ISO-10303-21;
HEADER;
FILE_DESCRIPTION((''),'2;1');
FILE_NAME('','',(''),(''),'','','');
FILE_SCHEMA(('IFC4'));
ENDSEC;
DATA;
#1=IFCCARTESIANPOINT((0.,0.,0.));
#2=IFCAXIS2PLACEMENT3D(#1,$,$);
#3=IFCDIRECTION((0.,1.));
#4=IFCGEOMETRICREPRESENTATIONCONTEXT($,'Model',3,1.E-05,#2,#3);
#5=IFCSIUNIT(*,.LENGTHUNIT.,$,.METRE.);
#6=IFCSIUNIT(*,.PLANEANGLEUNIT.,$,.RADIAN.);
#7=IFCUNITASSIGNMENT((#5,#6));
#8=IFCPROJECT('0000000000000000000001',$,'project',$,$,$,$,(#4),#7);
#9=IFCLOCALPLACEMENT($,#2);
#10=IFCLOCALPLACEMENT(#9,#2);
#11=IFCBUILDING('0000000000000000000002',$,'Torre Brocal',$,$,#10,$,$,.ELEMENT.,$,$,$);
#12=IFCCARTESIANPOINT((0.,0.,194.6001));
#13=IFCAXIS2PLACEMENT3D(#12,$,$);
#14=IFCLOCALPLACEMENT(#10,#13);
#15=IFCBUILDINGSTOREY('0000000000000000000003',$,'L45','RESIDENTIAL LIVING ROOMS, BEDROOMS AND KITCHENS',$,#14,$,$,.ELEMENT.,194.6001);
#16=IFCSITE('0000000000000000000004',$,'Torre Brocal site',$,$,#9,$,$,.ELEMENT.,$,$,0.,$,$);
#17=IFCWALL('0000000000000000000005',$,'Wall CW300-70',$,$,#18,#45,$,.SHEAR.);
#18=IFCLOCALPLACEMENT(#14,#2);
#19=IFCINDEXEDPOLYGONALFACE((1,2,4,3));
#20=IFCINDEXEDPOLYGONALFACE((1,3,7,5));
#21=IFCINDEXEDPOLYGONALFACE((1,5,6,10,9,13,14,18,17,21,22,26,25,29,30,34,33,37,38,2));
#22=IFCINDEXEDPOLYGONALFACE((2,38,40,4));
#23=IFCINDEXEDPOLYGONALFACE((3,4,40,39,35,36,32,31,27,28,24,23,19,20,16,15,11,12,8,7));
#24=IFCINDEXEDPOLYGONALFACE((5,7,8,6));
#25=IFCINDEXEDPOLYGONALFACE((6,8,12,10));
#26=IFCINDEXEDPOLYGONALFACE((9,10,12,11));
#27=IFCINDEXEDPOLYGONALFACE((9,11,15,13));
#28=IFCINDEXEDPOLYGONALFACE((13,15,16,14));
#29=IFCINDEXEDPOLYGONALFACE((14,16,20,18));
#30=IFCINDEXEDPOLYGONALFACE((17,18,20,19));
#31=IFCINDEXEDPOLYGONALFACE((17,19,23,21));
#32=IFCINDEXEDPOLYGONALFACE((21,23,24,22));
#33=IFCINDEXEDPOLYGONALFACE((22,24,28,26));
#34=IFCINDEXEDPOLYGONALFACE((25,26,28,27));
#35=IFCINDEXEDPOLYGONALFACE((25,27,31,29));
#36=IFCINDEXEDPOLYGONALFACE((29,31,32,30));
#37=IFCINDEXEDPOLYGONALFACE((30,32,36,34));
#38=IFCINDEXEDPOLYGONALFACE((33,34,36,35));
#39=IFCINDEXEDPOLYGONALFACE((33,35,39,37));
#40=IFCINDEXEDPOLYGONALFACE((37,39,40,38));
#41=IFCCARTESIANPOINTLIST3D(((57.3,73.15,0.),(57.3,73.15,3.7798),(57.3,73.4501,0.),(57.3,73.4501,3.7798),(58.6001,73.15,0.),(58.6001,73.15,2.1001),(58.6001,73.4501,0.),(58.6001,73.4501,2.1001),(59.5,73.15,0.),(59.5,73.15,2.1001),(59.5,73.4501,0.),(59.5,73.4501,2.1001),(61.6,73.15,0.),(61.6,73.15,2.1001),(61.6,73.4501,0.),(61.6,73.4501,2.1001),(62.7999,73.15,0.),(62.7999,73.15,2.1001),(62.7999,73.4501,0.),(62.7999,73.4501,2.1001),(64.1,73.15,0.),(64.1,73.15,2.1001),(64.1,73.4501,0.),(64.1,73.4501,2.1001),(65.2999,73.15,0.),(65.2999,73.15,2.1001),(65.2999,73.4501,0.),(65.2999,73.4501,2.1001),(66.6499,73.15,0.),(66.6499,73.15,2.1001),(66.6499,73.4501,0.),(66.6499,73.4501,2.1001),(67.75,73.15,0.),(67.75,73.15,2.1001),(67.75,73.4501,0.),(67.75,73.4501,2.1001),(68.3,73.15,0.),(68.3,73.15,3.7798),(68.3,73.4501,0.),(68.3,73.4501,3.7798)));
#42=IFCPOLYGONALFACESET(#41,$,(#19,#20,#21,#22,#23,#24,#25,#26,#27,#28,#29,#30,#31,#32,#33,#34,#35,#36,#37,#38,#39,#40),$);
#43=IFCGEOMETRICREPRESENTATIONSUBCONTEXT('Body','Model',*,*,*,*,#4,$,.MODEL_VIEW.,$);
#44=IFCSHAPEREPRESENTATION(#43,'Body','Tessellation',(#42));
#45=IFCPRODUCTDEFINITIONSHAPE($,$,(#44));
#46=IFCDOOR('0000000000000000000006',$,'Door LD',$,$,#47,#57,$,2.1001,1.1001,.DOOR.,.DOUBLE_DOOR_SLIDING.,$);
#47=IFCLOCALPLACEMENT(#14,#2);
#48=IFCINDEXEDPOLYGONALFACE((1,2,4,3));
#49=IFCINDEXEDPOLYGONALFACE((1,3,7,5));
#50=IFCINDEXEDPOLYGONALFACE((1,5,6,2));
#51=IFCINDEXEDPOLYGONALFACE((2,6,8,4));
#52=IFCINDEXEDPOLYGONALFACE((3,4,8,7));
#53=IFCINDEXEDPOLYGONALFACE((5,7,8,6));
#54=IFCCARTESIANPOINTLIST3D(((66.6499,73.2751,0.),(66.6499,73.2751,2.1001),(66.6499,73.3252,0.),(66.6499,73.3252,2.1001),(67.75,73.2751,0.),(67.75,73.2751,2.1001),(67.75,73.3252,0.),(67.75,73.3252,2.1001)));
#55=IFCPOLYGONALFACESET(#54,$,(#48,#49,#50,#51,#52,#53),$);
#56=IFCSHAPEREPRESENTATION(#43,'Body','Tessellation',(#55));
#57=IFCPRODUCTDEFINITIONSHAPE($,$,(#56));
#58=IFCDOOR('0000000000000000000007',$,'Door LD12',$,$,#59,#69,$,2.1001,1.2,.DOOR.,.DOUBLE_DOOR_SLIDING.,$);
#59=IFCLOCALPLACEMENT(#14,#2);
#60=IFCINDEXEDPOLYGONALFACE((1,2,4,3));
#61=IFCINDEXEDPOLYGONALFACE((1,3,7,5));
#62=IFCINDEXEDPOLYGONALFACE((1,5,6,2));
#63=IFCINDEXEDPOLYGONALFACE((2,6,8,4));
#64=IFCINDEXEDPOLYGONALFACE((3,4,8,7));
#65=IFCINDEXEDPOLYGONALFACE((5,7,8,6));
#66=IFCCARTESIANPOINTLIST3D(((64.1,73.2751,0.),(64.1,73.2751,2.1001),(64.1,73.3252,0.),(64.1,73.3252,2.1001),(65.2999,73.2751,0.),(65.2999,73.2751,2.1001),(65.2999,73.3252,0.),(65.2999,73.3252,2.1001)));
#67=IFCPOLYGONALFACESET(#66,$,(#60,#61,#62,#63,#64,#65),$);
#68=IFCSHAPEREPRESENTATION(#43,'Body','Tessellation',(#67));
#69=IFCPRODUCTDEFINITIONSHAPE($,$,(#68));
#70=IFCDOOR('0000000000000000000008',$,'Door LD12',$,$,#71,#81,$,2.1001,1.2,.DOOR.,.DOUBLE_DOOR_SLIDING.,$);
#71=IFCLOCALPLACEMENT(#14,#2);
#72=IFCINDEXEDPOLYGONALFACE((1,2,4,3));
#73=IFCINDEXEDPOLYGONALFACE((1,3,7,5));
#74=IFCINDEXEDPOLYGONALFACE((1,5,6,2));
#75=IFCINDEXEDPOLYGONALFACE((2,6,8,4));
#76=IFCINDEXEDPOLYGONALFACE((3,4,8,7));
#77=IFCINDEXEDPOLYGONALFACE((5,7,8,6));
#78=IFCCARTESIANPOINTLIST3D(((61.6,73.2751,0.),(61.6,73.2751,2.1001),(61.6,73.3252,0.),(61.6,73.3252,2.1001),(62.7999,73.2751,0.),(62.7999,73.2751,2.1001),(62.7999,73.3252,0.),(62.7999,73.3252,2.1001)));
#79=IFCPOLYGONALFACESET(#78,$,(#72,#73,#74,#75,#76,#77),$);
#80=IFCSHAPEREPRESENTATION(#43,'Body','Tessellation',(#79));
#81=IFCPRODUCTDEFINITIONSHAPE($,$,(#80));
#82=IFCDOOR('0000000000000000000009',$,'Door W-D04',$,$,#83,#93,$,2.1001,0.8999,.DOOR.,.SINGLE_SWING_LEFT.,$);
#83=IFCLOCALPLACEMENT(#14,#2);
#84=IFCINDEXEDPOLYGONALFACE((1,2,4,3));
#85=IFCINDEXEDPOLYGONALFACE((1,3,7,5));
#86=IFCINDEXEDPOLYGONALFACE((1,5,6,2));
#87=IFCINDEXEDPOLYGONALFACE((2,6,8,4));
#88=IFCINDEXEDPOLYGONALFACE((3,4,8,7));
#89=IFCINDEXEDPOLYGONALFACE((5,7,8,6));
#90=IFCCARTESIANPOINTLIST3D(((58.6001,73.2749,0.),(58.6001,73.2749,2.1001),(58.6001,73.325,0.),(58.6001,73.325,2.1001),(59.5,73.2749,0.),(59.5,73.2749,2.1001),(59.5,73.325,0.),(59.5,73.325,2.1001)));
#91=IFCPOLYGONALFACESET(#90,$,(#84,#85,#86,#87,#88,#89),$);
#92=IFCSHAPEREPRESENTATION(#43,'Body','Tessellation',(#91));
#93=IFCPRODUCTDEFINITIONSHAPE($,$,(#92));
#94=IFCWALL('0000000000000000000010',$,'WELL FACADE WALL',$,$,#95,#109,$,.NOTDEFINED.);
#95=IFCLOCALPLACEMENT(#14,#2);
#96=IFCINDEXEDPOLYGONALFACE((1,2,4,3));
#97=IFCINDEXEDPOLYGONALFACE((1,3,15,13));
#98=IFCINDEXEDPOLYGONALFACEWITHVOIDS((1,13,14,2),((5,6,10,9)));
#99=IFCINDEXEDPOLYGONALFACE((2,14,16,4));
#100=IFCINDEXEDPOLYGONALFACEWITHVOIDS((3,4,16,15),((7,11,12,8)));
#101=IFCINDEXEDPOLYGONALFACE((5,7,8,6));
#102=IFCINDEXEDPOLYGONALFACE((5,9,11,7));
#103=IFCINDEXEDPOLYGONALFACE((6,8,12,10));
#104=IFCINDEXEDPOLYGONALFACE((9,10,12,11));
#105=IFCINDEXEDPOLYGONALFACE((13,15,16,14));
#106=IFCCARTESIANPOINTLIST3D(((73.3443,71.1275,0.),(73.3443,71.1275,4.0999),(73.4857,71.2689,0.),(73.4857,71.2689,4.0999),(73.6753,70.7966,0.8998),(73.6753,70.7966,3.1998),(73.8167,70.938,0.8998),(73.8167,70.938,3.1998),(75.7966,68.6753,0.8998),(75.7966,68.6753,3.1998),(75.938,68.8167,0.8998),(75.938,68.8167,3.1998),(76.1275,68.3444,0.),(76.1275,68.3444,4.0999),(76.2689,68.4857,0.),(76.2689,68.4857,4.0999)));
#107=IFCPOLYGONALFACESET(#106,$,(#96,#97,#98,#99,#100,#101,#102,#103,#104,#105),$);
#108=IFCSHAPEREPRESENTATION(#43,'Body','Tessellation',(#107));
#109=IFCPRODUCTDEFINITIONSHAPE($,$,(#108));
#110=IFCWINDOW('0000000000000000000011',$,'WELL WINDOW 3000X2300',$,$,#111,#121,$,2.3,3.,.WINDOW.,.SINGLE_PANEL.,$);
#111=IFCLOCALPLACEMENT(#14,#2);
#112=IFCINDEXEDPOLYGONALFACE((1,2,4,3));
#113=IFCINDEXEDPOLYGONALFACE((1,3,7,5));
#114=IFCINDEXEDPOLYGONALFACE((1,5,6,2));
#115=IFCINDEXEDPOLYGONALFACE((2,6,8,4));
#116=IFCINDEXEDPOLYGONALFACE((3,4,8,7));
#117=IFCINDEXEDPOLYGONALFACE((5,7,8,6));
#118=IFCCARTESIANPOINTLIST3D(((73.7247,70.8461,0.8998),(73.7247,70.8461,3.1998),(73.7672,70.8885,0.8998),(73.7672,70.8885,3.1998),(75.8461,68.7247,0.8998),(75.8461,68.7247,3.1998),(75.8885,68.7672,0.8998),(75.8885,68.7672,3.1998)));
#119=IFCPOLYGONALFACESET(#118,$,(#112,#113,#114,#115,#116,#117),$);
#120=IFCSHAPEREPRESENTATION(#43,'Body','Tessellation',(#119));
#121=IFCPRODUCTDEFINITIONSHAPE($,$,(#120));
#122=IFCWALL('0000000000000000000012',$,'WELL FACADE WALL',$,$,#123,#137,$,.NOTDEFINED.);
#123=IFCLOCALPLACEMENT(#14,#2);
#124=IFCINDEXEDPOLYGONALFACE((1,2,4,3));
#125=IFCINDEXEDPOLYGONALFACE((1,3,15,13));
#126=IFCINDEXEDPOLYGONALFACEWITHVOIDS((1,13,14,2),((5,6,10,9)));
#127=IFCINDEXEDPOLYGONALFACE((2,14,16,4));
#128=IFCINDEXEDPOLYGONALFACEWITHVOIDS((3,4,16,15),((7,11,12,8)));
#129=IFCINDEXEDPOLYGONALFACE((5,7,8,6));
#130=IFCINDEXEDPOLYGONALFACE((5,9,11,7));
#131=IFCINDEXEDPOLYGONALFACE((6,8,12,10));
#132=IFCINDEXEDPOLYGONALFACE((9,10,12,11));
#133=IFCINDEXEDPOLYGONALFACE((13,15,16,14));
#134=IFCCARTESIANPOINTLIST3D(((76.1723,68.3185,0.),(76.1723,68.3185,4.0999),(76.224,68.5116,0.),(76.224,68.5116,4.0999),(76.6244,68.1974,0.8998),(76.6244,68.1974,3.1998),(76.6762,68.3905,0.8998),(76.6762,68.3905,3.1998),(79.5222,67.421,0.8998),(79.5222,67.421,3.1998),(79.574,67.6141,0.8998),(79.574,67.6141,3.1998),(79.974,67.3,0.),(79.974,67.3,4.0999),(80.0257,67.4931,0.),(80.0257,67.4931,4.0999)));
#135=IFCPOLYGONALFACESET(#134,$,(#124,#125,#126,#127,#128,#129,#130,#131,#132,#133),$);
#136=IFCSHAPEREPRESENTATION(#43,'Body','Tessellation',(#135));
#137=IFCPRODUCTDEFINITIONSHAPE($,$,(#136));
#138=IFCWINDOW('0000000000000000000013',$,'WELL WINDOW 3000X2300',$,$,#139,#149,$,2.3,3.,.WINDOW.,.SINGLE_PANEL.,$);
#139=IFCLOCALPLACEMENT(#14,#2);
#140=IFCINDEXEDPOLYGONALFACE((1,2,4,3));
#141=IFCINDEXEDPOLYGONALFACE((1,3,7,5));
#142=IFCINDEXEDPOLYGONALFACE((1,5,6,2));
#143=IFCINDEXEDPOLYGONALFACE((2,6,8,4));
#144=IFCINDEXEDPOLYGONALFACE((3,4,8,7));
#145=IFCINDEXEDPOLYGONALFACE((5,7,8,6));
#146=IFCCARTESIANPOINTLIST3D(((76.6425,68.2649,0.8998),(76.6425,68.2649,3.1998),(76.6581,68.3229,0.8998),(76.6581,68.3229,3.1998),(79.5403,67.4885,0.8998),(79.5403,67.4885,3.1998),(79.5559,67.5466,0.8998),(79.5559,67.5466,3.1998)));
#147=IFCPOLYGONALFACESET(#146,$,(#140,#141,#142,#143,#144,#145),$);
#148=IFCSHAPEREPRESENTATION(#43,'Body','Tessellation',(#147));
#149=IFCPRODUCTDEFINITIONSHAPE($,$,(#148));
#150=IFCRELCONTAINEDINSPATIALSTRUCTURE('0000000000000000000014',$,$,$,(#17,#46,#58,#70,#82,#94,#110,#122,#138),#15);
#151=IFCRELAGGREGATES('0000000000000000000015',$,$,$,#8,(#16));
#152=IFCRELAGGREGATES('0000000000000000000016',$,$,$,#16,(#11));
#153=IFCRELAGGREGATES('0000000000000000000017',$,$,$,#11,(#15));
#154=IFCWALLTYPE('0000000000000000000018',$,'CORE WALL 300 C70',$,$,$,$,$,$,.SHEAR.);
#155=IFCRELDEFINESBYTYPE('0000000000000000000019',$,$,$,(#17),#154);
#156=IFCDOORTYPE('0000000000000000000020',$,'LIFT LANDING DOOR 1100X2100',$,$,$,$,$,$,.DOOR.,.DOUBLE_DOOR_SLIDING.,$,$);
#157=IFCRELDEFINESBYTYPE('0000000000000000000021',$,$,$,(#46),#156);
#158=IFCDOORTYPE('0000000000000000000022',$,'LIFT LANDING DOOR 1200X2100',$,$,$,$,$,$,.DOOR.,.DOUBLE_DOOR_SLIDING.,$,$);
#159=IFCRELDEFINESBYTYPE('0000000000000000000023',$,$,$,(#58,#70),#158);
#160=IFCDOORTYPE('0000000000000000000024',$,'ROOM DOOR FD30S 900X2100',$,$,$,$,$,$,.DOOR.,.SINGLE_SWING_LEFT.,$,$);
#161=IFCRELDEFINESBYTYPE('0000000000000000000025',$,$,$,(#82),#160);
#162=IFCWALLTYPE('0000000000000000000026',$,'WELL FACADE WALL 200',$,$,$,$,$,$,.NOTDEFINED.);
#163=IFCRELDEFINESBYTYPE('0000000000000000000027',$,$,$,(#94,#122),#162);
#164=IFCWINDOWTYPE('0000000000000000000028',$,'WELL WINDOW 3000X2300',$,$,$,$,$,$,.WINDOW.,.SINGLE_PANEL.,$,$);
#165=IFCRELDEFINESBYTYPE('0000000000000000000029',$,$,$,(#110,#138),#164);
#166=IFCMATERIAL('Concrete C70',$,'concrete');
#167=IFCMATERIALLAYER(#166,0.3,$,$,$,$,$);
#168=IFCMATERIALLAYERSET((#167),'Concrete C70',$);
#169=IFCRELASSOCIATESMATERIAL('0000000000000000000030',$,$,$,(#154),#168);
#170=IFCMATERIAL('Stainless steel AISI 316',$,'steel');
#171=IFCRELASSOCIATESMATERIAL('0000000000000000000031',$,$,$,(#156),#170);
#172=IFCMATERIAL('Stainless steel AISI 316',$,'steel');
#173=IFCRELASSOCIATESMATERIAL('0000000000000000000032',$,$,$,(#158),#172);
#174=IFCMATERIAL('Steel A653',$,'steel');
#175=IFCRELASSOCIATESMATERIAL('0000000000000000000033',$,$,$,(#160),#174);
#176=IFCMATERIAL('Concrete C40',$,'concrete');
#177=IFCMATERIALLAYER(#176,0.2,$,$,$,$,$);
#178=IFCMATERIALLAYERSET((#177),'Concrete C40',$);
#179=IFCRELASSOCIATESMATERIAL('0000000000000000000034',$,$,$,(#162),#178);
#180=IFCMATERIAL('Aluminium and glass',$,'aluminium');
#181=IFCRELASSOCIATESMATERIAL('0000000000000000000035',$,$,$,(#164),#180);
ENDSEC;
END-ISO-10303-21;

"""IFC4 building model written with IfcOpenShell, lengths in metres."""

from ifc_helpers import new_model, si_unit, direction, frame, frame_2d, origin, place, context, subcontext, project, spatial, rectangle, extrude, material, layer, layer_set, type_object, element, fill, save


model = new_model("IFC4")

# Units and contexts
model_context = context("Model", 3, precision=1e-05, world=origin(), true_north=direction((0.0, 1.0)))
body_context = subcontext(model_context, "Body", "Model", "MODEL_VIEW")
ifc_project = project(units=[si_unit("LENGTHUNIT", "METRE"), si_unit("PLANEANGLEUNIT", "RADIAN")], contexts=[model_context])

# Site, building, storey
site_placement = place(None, origin())
site = spatial("IfcSite", under=ifc_project, at=site_placement, Name="Torre Brocal site", CompositionType="ELEMENT", RefElevation=0.0)
building_placement = place(site_placement, origin())
building = spatial("IfcBuilding", under=site, at=building_placement, Name="Torre Brocal", CompositionType="ELEMENT")
storey_placement = place(building_placement, frame((0.0, 0.0, 194.6001)))
storey = spatial("IfcBuildingStorey", under=building, at=storey_placement, Name="L45", Description="RESIDENTIAL LIVING ROOMS, BEDROOMS AND KITCHENS", CompositionType="ELEMENT", Elevation=194.6001)

# Shared definitions
ifc_material_1 = material(Name="Concrete C70", Category="concrete")
ifc_layer_1 = layer(ifc_material_1, 0.3)
ifc_layer_set_1 = layer_set([ifc_layer_1], Name="Concrete C70")
wall_type_1 = type_object("IfcWallType", Name="CORE WALL 300 C70", PredefinedType="SHEAR", material=ifc_layer_set_1)

# Wall, openings, doors
wall_1_placement = place(storey_placement, frame((68.3, 73.3, 0.0), z_axis=(0.0, 0.0, 1.0), x_axis=(-1.0, 0.0, 0.0)))
wall_1 = element("IfcWall", 1, at=wall_1_placement, inside=storey, type_object=wall_type_1, Name="Wall CW300-70", PredefinedType="SHEAR", context=body_context, shape_type="SweptSolid", body=[
    extrude(rectangle(XDim=11.0, YDim=0.3, at=frame_2d((5.5, 0.0))), origin(), (0.0, 0.0, 1.0), 3.7798),
])
opening_1_placement = place(wall_1_placement, frame((0.55, 0.0, 0.0)))
opening_1 = element("IfcOpeningElement", 2, at=opening_1_placement, cuts=wall_1, PredefinedType="OPENING", context=body_context, shape_type="SweptSolid", body=[
    extrude(rectangle(XDim=1.1001, YDim=2.1001, at=frame_2d((0.55, 1.05))), frame((0.0, 0.1599, 0.0), z_axis=(0.0, -1.0, 0.0), x_axis=(1.0, 0.0, 0.0)), (0.0, 0.0, 1.0), 0.3201),
])
opening_2_placement = place(wall_1_placement, frame((3.0, 0.0, 0.0)))
opening_2 = element("IfcOpeningElement", 3, at=opening_2_placement, cuts=wall_1, PredefinedType="OPENING", context=body_context, shape_type="SweptSolid", body=[
    extrude(rectangle(XDim=1.2, YDim=2.1001, at=frame_2d((0.6001, 1.05))), frame((0.0, 0.1599, 0.0), z_axis=(0.0, -1.0, 0.0), x_axis=(1.0, 0.0, 0.0)), (0.0, 0.0, 1.0), 0.3201),
])
opening_3_placement = place(wall_1_placement, frame((5.5, 0.0, 0.0)))
opening_3 = element("IfcOpeningElement", 4, at=opening_3_placement, cuts=wall_1, PredefinedType="OPENING", context=body_context, shape_type="SweptSolid", body=[
    extrude(rectangle(XDim=1.2, YDim=2.1001, at=frame_2d((0.6001, 1.05))), frame((0.0, 0.1599, 0.0), z_axis=(0.0, -1.0, 0.0), x_axis=(1.0, 0.0, 0.0)), (0.0, 0.0, 1.0), 0.3201),
])
opening_4_placement = place(wall_1_placement, frame((8.8, 0.0, 0.0)))
opening_4 = element("IfcOpeningElement", 5, at=opening_4_placement, cuts=wall_1, PredefinedType="OPENING", context=body_context, shape_type="SweptSolid", body=[
    extrude(rectangle(XDim=0.8999, YDim=2.1001, at=frame_2d((0.45, 1.05))), frame((0.0, 0.1599, 0.0), z_axis=(0.0, -1.0, 0.0), x_axis=(1.0, 0.0, 0.0)), (0.0, 0.0, 1.0), 0.3201),
])
ifc_material_2 = material(Name="Stainless steel AISI 316", Category="steel")
door_type_1 = type_object("IfcDoorType", Name="LIFT LANDING DOOR 1100X2100", OperationType="DOUBLE_DOOR_SLIDING", PredefinedType="DOOR", material=ifc_material_2)
door_1_placement = place(opening_1_placement, origin())
door_1 = element("IfcDoor", 6, at=door_1_placement, inside=storey, type_object=door_type_1, Name="Door LD", OperationType="DOUBLE_DOOR_SLIDING", OverallHeight=2.1001, OverallWidth=1.1001, PredefinedType="DOOR", context=body_context, shape_type="SweptSolid", body=[
    extrude(rectangle(XDim=1.1001, YDim=2.1001, at=frame_2d((0.55, 1.05))), frame((0.0, 0.0249, 0.0), z_axis=(0.0, -1.0, 0.0), x_axis=(1.0, 0.0, 0.0)), (0.0, 0.0, 1.0), 0.05),
])
fill(opening_1, door_1)
ifc_material_3 = material(Name="Stainless steel AISI 316", Category="steel")
door_type_2 = type_object("IfcDoorType", Name="LIFT LANDING DOOR 1200X2100", OperationType="DOUBLE_DOOR_SLIDING", PredefinedType="DOOR", material=ifc_material_3)
door_2_placement = place(opening_2_placement, origin())
door_2 = element("IfcDoor", 7, at=door_2_placement, inside=storey, type_object=door_type_2, Name="Door LD12", OperationType="DOUBLE_DOOR_SLIDING", OverallHeight=2.1001, OverallWidth=1.2, PredefinedType="DOOR", context=body_context, shape_type="SweptSolid", body=[
    extrude(rectangle(XDim=1.2, YDim=2.1001, at=frame_2d((0.6001, 1.05))), frame((0.0, 0.0249, 0.0), z_axis=(0.0, -1.0, 0.0), x_axis=(1.0, 0.0, 0.0)), (0.0, 0.0, 1.0), 0.05),
])
fill(opening_2, door_2)
door_3_placement = place(opening_3_placement, origin())
door_3 = element("IfcDoor", 8, at=door_3_placement, inside=storey, type_object=door_type_2, Name="Door LD12", OperationType="DOUBLE_DOOR_SLIDING", OverallHeight=2.1001, OverallWidth=1.2, PredefinedType="DOOR", context=body_context, shape_type="SweptSolid", body=[
    extrude(rectangle(XDim=1.2, YDim=2.1001, at=frame_2d((0.6001, 1.05))), frame((0.0, 0.0249, 0.0), z_axis=(0.0, -1.0, 0.0), x_axis=(1.0, 0.0, 0.0)), (0.0, 0.0, 1.0), 0.05),
])
fill(opening_3, door_3)
ifc_material_4 = material(Name="Steel A653", Category="steel")
door_type_3 = type_object("IfcDoorType", Name="ROOM DOOR FD30S 900X2100", OperationType="SINGLE_SWING_LEFT", PredefinedType="DOOR", material=ifc_material_4)
door_4_placement = place(opening_4_placement, frame((0.8999, 0.0, 0.0), z_axis=(0.0, 0.0, 1.0), x_axis=(-1.0, 0.0, 0.0)))
door_4 = element("IfcDoor", 9, at=door_4_placement, inside=storey, type_object=door_type_3, Name="Door W-D04", OperationType="SINGLE_SWING_LEFT", OverallHeight=2.1001, OverallWidth=0.8999, PredefinedType="DOOR", context=body_context, shape_type="SweptSolid", body=[
    extrude(rectangle(XDim=0.8999, YDim=2.1001, at=frame_2d((0.45, 1.05))), frame((0.0, 0.0249, 0.0), z_axis=(0.0, -1.0, 0.0), x_axis=(1.0, 0.0, 0.0)), (0.0, 0.0, 1.0), 0.05),
])
fill(opening_4, door_4)

# Walls, openings, windows
ifc_material_5 = material(Name="Concrete C40", Category="concrete")
ifc_layer_2 = layer(ifc_material_5, 0.2)
ifc_layer_set_2 = layer_set([ifc_layer_2], Name="Concrete C40")
wall_type_2 = type_object("IfcWallType", Name="WELL FACADE WALL 200", PredefinedType="NOTDEFINED", material=ifc_layer_set_2)
wall_2_placement = place(storey_placement, frame((73.415, 71.1982, 0.0), z_axis=(0.0, 0.0, 1.0), x_axis=(0.707107, -0.707107, 0.0)))
wall_2 = element("IfcWall", 10, at=wall_2_placement, inside=storey, type_object=wall_type_2, Name="WELL FACADE WALL", PredefinedType="NOTDEFINED", context=body_context, shape_type="SweptSolid", body=[
    extrude(rectangle(XDim=3.936, YDim=0.2, at=frame_2d((1.968, 0.0))), origin(), (0.0, 0.0, 1.0), 4.0999),
])
opening_5_placement = place(wall_2_placement, frame((0.468, 0.0, 0.8999)))
opening_5 = element("IfcOpeningElement", 11, at=opening_5_placement, cuts=wall_2, PredefinedType="OPENING", context=body_context, shape_type="SweptSolid", body=[
    extrude(rectangle(XDim=3.0, YDim=2.3, at=frame_2d((1.5, 1.1499))), frame((0.0, 0.1099, 0.0), z_axis=(0.0, -1.0, 0.0), x_axis=(1.0, 0.0, 0.0)), (0.0, 0.0, 1.0), 0.22),
])
ifc_material_6 = material(Name="Aluminium and glass", Category="aluminium")
window_type = type_object("IfcWindowType", Name="WELL WINDOW 3000X2300", PartitioningType="SINGLE_PANEL", PredefinedType="WINDOW", material=ifc_material_6)
window_1_placement = place(opening_5_placement, origin())
window_1 = element("IfcWindow", 12, at=window_1_placement, inside=storey, type_object=window_type, Name="WELL WINDOW 3000X2300", OverallHeight=2.3, OverallWidth=3.0, PartitioningType="SINGLE_PANEL", PredefinedType="WINDOW", context=body_context, shape_type="SweptSolid", body=[
    extrude(rectangle(XDim=3.0, YDim=2.3, at=frame_2d((1.5, 1.1499))), frame((0.0, 0.03, 0.0), z_axis=(0.0, -1.0, 0.0), x_axis=(1.0, 0.0, 0.0)), (0.0, 0.0, 1.0), 0.0601),
])
fill(opening_5, window_1)
wall_3_placement = place(storey_placement, frame((76.1982, 68.415, 0.0), z_axis=(0.0, 0.0, 1.0), x_axis=(0.965934, -0.25879, 0.0)))
wall_3 = element("IfcWall", 13, at=wall_3_placement, inside=storey, type_object=wall_type_2, Name="WELL FACADE WALL", PredefinedType="NOTDEFINED", context=body_context, shape_type="SweptSolid", body=[
    extrude(rectangle(XDim=3.9358, YDim=0.2, at=frame_2d((1.9678, 0.0))), origin(), (0.0, 0.0, 1.0), 4.0999),
])
opening_6_placement = place(wall_3_placement, frame((0.468, 0.0, 0.8999)))
opening_6 = element("IfcOpeningElement", 14, at=opening_6_placement, cuts=wall_3, PredefinedType="OPENING", context=body_context, shape_type="SweptSolid", body=[
    extrude(rectangle(XDim=3.0, YDim=2.3, at=frame_2d((1.5, 1.1499))), frame((0.0, 0.1099, 0.0), z_axis=(0.0, -1.0, 0.0), x_axis=(1.0, 0.0, 0.0)), (0.0, 0.0, 1.0), 0.22),
])
window_2_placement = place(opening_6_placement, origin())
window_2 = element("IfcWindow", 15, at=window_2_placement, inside=storey, type_object=window_type, Name="WELL WINDOW 3000X2300", OverallHeight=2.3, OverallWidth=3.0, PartitioningType="SINGLE_PANEL", PredefinedType="WINDOW", context=body_context, shape_type="SweptSolid", body=[
    extrude(rectangle(XDim=3.0, YDim=2.3, at=frame_2d((1.5, 1.1499))), frame((0.0, 0.03, 0.0), z_axis=(0.0, -1.0, 0.0), x_axis=(1.0, 0.0, 0.0)), (0.0, 0.0, 1.0), 0.0601),
])
fill(opening_6, window_2)

save(model, "model.ifc")
